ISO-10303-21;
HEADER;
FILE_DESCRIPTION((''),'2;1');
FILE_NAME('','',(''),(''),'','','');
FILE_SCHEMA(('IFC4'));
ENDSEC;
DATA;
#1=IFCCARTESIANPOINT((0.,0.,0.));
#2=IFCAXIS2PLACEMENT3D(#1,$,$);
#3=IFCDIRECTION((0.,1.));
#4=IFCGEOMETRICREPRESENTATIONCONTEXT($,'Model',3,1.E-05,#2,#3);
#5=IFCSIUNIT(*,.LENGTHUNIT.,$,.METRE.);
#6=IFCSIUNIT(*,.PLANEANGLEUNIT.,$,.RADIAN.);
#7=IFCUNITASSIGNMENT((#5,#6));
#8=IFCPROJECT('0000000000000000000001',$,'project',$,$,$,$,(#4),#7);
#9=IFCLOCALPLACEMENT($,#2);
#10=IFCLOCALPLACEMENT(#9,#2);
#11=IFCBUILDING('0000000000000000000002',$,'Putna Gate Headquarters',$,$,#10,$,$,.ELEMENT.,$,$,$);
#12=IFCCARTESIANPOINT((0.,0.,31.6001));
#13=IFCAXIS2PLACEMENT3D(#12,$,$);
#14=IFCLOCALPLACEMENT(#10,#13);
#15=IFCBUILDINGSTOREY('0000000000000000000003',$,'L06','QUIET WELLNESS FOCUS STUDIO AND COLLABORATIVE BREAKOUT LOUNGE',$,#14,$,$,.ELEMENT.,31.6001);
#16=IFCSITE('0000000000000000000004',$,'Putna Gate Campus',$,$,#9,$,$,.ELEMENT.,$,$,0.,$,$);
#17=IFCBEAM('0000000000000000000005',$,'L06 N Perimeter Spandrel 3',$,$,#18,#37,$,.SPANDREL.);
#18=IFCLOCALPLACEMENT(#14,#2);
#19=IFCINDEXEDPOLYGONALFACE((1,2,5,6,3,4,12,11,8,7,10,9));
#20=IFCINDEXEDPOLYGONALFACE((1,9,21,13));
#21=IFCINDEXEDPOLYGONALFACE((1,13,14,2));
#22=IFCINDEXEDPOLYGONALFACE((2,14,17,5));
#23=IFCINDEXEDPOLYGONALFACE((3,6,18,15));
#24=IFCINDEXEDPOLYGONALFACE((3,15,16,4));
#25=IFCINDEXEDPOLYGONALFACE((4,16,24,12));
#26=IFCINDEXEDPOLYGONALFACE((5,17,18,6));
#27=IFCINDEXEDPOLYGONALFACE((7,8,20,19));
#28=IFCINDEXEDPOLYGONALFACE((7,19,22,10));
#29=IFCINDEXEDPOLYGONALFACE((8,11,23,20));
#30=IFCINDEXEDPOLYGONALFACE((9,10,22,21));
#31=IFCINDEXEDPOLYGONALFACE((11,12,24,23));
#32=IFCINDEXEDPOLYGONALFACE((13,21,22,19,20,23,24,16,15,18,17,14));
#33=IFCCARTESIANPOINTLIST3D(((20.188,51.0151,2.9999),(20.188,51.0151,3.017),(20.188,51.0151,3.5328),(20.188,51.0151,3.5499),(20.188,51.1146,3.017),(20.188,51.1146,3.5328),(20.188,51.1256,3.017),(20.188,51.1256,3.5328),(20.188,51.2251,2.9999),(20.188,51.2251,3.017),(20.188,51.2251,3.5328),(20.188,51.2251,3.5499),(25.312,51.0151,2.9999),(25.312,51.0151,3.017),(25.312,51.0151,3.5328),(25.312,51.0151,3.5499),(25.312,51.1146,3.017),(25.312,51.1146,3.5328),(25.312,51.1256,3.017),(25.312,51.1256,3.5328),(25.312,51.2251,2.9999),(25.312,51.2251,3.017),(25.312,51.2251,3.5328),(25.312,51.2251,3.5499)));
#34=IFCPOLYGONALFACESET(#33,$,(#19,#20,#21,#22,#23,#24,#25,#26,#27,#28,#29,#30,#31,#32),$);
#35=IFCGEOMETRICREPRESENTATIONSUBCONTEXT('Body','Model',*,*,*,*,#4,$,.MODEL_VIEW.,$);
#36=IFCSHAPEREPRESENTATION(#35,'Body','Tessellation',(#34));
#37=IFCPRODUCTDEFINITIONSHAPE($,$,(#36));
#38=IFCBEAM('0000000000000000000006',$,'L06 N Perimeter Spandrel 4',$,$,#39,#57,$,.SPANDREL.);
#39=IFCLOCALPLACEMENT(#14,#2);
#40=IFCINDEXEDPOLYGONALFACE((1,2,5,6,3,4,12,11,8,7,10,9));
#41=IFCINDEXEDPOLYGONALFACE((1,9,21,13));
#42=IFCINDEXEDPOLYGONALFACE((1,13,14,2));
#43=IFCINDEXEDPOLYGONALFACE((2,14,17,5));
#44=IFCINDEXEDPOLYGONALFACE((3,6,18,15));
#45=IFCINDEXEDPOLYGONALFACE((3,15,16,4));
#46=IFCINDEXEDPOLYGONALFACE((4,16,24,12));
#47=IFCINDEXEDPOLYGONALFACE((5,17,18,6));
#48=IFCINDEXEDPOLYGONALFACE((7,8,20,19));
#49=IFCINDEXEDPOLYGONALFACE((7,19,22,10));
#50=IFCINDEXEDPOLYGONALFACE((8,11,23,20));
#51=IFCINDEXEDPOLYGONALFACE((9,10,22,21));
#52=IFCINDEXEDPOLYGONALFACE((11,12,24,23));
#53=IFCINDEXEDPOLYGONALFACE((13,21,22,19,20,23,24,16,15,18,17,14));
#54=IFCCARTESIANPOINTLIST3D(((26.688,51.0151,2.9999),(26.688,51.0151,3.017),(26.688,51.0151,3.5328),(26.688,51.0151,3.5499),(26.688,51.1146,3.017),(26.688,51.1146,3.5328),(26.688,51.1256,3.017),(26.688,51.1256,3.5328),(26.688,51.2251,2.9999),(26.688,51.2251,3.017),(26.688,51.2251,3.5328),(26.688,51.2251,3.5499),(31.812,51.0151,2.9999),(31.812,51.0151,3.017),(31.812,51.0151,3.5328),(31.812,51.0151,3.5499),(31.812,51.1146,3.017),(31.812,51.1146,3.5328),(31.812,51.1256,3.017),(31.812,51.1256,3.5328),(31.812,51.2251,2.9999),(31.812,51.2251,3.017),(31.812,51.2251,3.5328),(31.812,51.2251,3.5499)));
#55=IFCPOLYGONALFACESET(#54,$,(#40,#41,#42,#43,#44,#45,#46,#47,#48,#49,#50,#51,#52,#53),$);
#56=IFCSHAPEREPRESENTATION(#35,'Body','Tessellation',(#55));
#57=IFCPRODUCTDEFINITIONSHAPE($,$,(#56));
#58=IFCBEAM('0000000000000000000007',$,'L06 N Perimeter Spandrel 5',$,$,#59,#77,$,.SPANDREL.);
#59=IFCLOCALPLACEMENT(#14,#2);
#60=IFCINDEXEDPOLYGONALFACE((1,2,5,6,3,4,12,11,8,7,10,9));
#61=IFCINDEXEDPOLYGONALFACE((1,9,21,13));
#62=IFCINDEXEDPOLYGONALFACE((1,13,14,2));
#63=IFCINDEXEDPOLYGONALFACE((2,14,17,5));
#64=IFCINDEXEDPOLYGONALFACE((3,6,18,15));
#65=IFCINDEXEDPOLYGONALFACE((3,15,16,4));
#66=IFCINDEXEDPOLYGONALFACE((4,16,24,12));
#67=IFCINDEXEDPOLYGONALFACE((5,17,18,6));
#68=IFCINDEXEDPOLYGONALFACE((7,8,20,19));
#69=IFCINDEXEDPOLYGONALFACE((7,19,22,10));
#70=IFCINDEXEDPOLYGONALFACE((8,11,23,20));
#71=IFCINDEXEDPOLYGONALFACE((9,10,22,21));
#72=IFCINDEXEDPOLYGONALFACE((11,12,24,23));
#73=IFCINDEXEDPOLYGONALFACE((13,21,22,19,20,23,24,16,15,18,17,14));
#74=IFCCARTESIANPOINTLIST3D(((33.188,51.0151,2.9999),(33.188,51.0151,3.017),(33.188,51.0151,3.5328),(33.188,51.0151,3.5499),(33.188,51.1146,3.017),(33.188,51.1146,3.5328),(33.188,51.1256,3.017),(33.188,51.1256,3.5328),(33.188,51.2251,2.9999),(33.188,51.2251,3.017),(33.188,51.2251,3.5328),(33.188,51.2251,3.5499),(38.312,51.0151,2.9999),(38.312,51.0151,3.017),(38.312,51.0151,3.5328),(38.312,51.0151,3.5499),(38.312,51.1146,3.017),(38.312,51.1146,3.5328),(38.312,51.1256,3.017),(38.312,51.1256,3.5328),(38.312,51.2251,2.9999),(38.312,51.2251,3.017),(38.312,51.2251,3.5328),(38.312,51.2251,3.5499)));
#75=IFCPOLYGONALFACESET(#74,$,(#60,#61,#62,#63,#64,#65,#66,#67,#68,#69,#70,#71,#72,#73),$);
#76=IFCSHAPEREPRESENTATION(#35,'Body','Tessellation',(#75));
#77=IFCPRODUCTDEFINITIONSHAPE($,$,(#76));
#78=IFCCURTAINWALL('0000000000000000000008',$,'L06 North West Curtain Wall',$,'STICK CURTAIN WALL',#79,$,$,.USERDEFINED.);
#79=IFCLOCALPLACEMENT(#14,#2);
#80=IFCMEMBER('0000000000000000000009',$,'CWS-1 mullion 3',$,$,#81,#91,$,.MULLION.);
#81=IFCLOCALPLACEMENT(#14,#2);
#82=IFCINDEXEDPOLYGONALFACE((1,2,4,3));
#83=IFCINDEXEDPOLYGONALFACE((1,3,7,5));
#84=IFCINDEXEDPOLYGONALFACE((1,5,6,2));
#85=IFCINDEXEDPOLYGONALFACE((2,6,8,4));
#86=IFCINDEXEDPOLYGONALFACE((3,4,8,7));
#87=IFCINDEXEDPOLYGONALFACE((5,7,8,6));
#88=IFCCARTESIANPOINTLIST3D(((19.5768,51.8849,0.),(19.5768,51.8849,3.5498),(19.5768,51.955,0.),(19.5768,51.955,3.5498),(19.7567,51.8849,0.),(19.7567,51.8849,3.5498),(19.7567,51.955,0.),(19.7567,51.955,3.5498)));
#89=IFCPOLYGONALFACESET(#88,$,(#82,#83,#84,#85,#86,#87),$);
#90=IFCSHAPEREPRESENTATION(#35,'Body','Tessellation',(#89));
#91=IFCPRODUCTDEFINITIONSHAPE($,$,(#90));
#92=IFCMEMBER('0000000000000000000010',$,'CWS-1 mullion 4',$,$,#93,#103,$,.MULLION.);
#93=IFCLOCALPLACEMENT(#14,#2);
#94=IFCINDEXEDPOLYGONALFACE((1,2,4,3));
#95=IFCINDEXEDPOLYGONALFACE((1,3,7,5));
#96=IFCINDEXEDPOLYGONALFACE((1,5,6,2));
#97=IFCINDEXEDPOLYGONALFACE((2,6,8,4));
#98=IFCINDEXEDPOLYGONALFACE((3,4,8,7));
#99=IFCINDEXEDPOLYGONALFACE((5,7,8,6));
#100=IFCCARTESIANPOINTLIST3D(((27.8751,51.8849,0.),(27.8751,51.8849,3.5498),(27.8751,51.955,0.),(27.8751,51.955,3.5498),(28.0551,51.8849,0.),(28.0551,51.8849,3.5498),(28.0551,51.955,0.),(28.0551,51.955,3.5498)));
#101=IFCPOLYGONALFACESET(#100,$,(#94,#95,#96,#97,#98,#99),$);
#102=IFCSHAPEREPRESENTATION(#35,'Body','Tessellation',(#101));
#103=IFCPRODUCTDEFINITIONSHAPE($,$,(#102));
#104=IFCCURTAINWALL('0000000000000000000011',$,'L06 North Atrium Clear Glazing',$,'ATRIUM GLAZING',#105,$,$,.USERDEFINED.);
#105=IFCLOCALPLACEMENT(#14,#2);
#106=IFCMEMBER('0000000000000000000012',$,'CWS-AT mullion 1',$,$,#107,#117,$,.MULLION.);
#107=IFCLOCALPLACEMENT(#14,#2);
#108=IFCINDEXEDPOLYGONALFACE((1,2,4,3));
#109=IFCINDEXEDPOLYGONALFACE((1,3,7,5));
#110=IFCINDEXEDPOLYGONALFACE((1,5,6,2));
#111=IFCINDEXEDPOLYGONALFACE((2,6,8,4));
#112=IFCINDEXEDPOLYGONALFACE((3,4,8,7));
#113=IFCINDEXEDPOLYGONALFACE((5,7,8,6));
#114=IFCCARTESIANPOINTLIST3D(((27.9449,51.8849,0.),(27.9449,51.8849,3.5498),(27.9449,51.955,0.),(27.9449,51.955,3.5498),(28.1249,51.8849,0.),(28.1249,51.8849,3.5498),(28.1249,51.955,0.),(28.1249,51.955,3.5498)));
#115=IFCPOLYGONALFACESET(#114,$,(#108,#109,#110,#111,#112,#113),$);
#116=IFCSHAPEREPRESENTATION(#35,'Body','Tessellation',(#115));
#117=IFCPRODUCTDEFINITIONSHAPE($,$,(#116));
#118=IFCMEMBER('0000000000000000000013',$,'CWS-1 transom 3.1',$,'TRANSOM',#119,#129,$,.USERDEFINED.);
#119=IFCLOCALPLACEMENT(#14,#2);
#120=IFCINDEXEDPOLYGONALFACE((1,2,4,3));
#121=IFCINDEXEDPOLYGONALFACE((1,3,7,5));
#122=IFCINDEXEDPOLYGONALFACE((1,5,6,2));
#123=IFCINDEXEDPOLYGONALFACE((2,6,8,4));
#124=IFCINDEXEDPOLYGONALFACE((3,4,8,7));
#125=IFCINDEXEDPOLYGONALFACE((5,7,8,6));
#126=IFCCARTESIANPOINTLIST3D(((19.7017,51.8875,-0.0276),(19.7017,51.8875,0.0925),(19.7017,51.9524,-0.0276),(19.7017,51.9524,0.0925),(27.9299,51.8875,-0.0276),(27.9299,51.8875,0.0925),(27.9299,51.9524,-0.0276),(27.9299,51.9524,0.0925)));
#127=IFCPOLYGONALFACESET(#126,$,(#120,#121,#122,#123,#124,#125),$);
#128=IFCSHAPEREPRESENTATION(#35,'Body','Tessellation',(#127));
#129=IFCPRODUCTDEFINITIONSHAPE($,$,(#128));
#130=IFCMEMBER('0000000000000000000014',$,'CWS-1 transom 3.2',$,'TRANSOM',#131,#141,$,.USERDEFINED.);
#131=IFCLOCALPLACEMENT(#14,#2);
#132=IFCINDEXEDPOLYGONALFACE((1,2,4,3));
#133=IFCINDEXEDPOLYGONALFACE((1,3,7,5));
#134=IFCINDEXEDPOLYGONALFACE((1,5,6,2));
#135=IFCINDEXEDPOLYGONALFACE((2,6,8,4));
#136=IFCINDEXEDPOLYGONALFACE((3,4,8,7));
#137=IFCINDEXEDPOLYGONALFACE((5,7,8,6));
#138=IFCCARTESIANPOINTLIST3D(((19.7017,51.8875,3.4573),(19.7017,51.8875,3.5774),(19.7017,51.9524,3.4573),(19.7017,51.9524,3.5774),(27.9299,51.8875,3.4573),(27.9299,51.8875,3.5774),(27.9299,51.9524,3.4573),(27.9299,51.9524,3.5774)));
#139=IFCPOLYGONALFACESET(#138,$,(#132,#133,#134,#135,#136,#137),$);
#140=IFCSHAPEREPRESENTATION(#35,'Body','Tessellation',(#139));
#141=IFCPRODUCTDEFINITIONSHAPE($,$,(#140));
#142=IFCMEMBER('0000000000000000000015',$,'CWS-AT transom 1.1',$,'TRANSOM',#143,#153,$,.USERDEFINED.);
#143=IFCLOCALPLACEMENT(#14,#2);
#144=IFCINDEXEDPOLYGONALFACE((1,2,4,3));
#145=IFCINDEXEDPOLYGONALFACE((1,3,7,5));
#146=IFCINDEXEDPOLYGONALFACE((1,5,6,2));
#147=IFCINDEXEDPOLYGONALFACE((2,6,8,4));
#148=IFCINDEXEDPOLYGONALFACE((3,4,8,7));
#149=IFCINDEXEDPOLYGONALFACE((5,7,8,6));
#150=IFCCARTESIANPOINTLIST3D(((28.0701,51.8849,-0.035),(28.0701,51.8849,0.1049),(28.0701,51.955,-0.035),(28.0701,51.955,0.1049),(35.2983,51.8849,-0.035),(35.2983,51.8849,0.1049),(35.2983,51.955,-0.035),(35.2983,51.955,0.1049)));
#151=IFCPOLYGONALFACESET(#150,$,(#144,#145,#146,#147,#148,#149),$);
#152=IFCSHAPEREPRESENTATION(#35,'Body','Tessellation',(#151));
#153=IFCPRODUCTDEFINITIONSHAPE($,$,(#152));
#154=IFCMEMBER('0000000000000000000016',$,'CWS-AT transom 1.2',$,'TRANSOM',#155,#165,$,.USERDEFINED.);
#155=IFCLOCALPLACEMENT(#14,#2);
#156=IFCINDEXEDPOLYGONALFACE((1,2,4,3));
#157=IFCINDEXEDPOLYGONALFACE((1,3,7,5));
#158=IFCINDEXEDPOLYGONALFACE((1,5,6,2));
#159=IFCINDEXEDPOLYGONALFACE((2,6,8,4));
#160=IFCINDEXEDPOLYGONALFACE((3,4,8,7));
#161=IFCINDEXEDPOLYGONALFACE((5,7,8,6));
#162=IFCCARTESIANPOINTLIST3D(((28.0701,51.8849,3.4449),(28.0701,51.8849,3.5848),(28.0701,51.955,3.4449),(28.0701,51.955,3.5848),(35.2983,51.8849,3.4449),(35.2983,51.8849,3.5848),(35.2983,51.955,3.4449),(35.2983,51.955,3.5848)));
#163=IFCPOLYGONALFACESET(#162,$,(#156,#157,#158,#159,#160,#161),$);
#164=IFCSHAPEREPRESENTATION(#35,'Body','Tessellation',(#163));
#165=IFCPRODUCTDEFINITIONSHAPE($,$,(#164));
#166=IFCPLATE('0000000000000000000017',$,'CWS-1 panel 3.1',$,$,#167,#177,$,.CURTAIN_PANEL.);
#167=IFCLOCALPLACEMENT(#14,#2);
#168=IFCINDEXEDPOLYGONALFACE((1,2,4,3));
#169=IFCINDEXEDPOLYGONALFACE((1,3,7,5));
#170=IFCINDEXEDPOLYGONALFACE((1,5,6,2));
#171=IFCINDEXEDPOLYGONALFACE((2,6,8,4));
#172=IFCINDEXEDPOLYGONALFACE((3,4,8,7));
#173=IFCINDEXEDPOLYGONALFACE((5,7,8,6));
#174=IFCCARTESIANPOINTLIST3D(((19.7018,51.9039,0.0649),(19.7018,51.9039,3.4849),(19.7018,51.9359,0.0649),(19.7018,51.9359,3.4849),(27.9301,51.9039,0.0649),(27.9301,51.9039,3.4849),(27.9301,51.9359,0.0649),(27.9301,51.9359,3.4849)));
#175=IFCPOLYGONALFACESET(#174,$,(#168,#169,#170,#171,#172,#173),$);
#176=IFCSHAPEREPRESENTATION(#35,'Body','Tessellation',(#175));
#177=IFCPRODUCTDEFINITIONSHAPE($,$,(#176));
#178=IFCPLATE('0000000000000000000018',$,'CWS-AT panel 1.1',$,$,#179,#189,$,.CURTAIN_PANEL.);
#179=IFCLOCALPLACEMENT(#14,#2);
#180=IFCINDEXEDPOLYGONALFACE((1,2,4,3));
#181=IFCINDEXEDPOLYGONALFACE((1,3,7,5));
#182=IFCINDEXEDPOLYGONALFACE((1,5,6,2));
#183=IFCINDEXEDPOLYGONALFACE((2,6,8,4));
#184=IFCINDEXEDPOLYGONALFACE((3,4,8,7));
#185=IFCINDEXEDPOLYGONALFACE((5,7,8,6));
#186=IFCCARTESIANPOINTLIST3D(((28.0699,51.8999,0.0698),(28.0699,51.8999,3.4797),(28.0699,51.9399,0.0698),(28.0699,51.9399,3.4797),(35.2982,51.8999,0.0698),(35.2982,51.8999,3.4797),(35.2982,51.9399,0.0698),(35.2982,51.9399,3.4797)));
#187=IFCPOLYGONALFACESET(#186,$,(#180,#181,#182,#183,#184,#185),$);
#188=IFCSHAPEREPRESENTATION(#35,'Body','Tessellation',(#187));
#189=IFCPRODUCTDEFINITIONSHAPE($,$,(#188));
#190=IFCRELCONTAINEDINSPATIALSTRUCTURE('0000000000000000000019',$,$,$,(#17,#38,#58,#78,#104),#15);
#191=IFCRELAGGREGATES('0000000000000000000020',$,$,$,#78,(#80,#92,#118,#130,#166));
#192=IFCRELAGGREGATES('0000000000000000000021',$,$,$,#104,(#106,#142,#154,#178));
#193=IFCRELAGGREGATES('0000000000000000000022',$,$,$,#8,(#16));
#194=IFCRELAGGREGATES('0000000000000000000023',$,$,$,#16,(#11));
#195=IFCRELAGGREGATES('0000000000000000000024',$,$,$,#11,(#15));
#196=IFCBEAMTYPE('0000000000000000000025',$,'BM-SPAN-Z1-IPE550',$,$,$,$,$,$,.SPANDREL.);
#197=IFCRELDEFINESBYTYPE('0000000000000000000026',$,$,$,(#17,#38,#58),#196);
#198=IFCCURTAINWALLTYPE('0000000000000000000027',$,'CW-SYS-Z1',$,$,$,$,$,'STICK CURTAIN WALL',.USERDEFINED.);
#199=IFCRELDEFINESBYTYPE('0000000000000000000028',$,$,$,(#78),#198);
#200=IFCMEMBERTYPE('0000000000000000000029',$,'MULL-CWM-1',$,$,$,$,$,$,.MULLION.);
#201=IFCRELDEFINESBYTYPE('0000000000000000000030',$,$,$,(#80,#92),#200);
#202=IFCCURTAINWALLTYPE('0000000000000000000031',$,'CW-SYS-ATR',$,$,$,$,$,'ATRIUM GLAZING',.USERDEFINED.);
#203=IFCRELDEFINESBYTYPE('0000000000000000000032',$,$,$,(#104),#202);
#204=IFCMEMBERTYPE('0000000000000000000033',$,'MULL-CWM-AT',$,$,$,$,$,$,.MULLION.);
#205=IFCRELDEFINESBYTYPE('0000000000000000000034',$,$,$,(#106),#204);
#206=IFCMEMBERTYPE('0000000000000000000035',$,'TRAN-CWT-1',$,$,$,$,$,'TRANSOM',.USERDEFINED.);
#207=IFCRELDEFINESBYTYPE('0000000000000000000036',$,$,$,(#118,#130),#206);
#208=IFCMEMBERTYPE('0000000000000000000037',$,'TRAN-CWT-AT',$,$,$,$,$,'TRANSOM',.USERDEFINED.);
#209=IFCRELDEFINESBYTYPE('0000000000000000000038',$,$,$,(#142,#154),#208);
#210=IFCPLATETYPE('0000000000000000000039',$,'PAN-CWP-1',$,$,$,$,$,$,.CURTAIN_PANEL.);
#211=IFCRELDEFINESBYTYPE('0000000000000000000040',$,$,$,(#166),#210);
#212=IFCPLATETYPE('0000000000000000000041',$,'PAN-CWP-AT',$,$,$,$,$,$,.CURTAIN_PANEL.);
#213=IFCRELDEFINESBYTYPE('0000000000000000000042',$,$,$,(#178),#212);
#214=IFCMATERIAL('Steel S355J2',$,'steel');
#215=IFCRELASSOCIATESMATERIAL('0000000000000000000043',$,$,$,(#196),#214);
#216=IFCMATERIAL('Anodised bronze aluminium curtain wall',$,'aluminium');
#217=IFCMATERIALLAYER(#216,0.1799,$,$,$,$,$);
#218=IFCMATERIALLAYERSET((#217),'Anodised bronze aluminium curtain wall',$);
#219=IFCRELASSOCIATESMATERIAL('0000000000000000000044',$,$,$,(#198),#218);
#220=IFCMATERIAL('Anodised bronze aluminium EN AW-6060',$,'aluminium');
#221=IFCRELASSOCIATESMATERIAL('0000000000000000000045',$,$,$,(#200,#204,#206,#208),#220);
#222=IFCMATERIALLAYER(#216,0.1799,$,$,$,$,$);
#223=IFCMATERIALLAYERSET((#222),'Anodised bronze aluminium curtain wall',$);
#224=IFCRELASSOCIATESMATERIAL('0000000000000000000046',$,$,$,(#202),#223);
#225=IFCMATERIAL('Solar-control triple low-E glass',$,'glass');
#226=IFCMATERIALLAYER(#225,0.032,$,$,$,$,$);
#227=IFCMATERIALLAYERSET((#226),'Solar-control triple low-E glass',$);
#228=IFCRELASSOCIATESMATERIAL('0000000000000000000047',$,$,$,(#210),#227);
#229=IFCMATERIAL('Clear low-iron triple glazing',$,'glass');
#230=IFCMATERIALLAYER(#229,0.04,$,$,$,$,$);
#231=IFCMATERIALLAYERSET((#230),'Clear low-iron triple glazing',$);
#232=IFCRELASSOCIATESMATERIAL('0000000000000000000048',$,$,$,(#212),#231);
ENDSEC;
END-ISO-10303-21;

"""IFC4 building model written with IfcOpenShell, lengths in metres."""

from ifc_helpers import new_model, si_unit, direction, frame, origin, origin_2d, place, context, subcontext, project, spatial, rectangle, i_section, extrude, material, layer, layer_set, material_profile, profile_set, type_object, element, aggregate, save


model = new_model("IFC4")

# Units and contexts
model_context = context("Model", 3, precision=1e-05, world=origin(), true_north=direction((0.0, 1.0)))
body_context = subcontext(model_context, "Body", "Model", "MODEL_VIEW")
ifc_project = project(units=[si_unit("LENGTHUNIT", "METRE"), si_unit("PLANEANGLEUNIT", "RADIAN")], contexts=[model_context])

# Site, building, storey
site_placement = place(None, origin())
site = spatial("IfcSite", under=ifc_project, at=site_placement, Name="Putna Gate Campus", CompositionType="ELEMENT", RefElevation=0.0)
building_placement = place(site_placement, origin())
building = spatial("IfcBuilding", under=site, at=building_placement, Name="Putna Gate Headquarters", CompositionType="ELEMENT")
storey_placement = place(building_placement, frame((0.0, 0.0, 31.6001)))
storey = spatial("IfcBuildingStorey", under=building, at=storey_placement, Name="L06", Description="QUIET WELLNESS FOCUS STUDIO AND COLLABORATIVE BREAKOUT LOUNGE", CompositionType="ELEMENT", Elevation=31.6001)

# Beams
ifc_material_1 = material(Name="Steel S355J2", Category="steel")
ifc_material_profile_1 = material_profile(ifc_material_1, i_section(OverallWidth=0.21, OverallDepth=0.55, WebThickness=0.011, FlangeThickness=0.0171, at=origin_2d()), Name="Steel S355J2")
ifc_profile_set_1 = profile_set([ifc_material_profile_1], Name="Steel S355J2")
beam_type_1 = type_object("IfcBeamType", Name="BM-SPAN-Z1-IPE550", PredefinedType="SPANDREL", material=ifc_profile_set_1)
for number, where, z_axis, x_axis, name in (
    (1, (20.188, 51.1201, 3.2749), (1.0, 0.0, 0.0), (0.0, 1.0, 0.0), "L06 N Perimeter Spandrel 3"),
    (2, (26.688, 51.1201, 3.2749), (1.0, 0.0, 0.0), (0.0, 1.0, 0.0), "L06 N Perimeter Spandrel 4"),
    (3, (33.188, 51.1201, 3.2749), (1.0, 0.0, 0.0), (0.0, 1.0, 0.0), "L06 N Perimeter Spandrel 5"),
):
    element("IfcBeam", number, at=place(storey_placement, frame(where, z_axis=z_axis, x_axis=x_axis)), inside=storey, type_object=beam_type_1, Name=name, PredefinedType="SPANDREL", context=body_context, shape_type="SweptSolid", body=[
        extrude(i_section(OverallWidth=0.21, OverallDepth=0.55, WebThickness=0.011, FlangeThickness=0.0171, at=origin_2d()), origin(), (0.0, 0.0, 1.0), 5.124),
    ])

# Curtain wall, members
ifc_material_2 = material(Name="Anodised bronze aluminium curtain wall", Category="aluminium")
ifc_layer_1 = layer(ifc_material_2, 0.1799)
ifc_layer_set_1 = layer_set([ifc_layer_1], Name="Anodised bronze aluminium curtain wall")
curtain_wall_type_1 = type_object("IfcCurtainWallType", Name="CW-SYS-Z1", ElementType="STICK CURTAIN WALL", PredefinedType="USERDEFINED", material=ifc_layer_set_1)
curtain_wall_1_placement = place(storey_placement, origin())
curtain_wall_1 = element("IfcCurtainWall", 4, at=curtain_wall_1_placement, inside=storey, type_object=curtain_wall_type_1, Name="L06 North West Curtain Wall", ObjectType="STICK CURTAIN WALL", PredefinedType="USERDEFINED")
ifc_material_3 = material(Name="Anodised bronze aluminium EN AW-6060", Category="aluminium")
ifc_material_profile_2 = material_profile(ifc_material_3, rectangle(XDim=0.0701, YDim=0.1799, at=origin_2d()), Name="Anodised bronze aluminium EN AW-6060")
ifc_profile_set_2 = profile_set([ifc_material_profile_2], Name="Anodised bronze aluminium EN AW-6060")
member_type_1 = type_object("IfcMemberType", Name="MULL-CWM-1", PredefinedType="MULLION", material=ifc_profile_set_2)
member_1_placement = place(storey_placement, frame((19.6667, 51.9199, 0.0), z_axis=(0.0, 0.0, 1.0), x_axis=(0.0, 1.0, 0.0)))
member_1 = element("IfcMember", 5, at=member_1_placement, type_object=member_type_1, Name="CWS-1 mullion 3", PredefinedType="MULLION", context=body_context, shape_type="SweptSolid", body=[
    extrude(rectangle(XDim=0.0701, YDim=0.1799, at=origin_2d()), origin(), (0.0, 0.0, 1.0), 3.5498),
])
member_2_placement = place(storey_placement, frame((27.9651, 51.9199, 0.0), z_axis=(0.0, 0.0, 1.0), x_axis=(0.0, 1.0, 0.0)))
member_2 = element("IfcMember", 6, at=member_2_placement, type_object=member_type_1, Name="CWS-1 mullion 4", PredefinedType="MULLION", context=body_context, shape_type="SweptSolid", body=[
    extrude(rectangle(XDim=0.0701, YDim=0.1799, at=origin_2d()), origin(), (0.0, 0.0, 1.0), 3.5498),
])

# Curtain wall, member
ifc_layer_2 = layer(ifc_material_2, 0.1799)
ifc_layer_set_2 = layer_set([ifc_layer_2], Name="Anodised bronze aluminium curtain wall")
curtain_wall_type_2 = type_object("IfcCurtainWallType", Name="CW-SYS-ATR", ElementType="ATRIUM GLAZING", PredefinedType="USERDEFINED", material=ifc_layer_set_2)
curtain_wall_2_placement = place(storey_placement, origin())
curtain_wall_2 = element("IfcCurtainWall", 7, at=curtain_wall_2_placement, inside=storey, type_object=curtain_wall_type_2, Name="L06 North Atrium Clear Glazing", ObjectType="ATRIUM GLAZING", PredefinedType="USERDEFINED")
ifc_material_profile_3 = material_profile(ifc_material_3, rectangle(XDim=0.0701, YDim=0.1799, at=origin_2d()), Name="Anodised bronze aluminium EN AW-6060")
ifc_profile_set_3 = profile_set([ifc_material_profile_3], Name="Anodised bronze aluminium EN AW-6060")
member_type_2 = type_object("IfcMemberType", Name="MULL-CWM-AT", PredefinedType="MULLION", material=ifc_profile_set_3)
member_3_placement = place(storey_placement, frame((28.0349, 51.9199, 0.0), z_axis=(0.0, 0.0, 1.0), x_axis=(0.0, 1.0, 0.0)))
member_3 = element("IfcMember", 8, at=member_3_placement, type_object=member_type_2, Name="CWS-AT mullion 1", PredefinedType="MULLION", context=body_context, shape_type="SweptSolid", body=[
    extrude(rectangle(XDim=0.0701, YDim=0.1799, at=origin_2d()), origin(), (0.0, 0.0, 1.0), 3.5498),
])

# Members
ifc_material_profile_4 = material_profile(ifc_material_3, rectangle(XDim=0.0649, YDim=0.1201, at=origin_2d()), Name="Anodised bronze aluminium EN AW-6060")
ifc_profile_set_4 = profile_set([ifc_material_profile_4], Name="Anodised bronze aluminium EN AW-6060")
member_type_3 = type_object("IfcMemberType", Name="TRAN-CWT-1", ElementType="TRANSOM", PredefinedType="USERDEFINED", material=ifc_profile_set_4)
member_4_placement = place(storey_placement, frame((19.7017, 51.9199, 0.0325), z_axis=(1.0, 0.0, 0.0), x_axis=(0.0, 1.0, 0.0)))
member_4 = element("IfcMember", 9, at=member_4_placement, type_object=member_type_3, Name="CWS-1 transom 3.1", ObjectType="TRANSOM", PredefinedType="USERDEFINED", context=body_context, shape_type="SweptSolid", body=[
    extrude(rectangle(XDim=0.0649, YDim=0.1201, at=origin_2d()), origin(), (0.0, 0.0, 1.0), 8.2283),
])
member_5_placement = place(storey_placement, frame((19.7017, 51.9199, 3.5173), z_axis=(1.0, 0.0, 0.0), x_axis=(0.0, 1.0, 0.0)))
member_5 = element("IfcMember", 10, at=member_5_placement, type_object=member_type_3, Name="CWS-1 transom 3.2", ObjectType="TRANSOM", PredefinedType="USERDEFINED", context=body_context, shape_type="SweptSolid", body=[
    extrude(rectangle(XDim=0.0649, YDim=0.1201, at=origin_2d()), origin(), (0.0, 0.0, 1.0), 8.2283),
])
ifc_material_profile_5 = material_profile(ifc_material_3, rectangle(XDim=0.0701, YDim=0.1399, at=origin_2d()), Name="Anodised bronze aluminium EN AW-6060")
ifc_profile_set_5 = profile_set([ifc_material_profile_5], Name="Anodised bronze aluminium EN AW-6060")
member_type_4 = type_object("IfcMemberType", Name="TRAN-CWT-AT", ElementType="TRANSOM", PredefinedType="USERDEFINED", material=ifc_profile_set_5)
member_6_placement = place(storey_placement, frame((28.0701, 51.9199, 0.0349), z_axis=(1.0, 0.0, 0.0), x_axis=(0.0, 1.0, 0.0)))
member_6 = element("IfcMember", 11, at=member_6_placement, type_object=member_type_4, Name="CWS-AT transom 1.1", ObjectType="TRANSOM", PredefinedType="USERDEFINED", context=body_context, shape_type="SweptSolid", body=[
    extrude(rectangle(XDim=0.0701, YDim=0.1399, at=origin_2d()), origin(), (0.0, 0.0, 1.0), 7.2283),
])
member_7_placement = place(storey_placement, frame((28.0701, 51.9199, 3.5149), z_axis=(1.0, 0.0, 0.0), x_axis=(0.0, 1.0, 0.0)))
member_7 = element("IfcMember", 12, at=member_7_placement, type_object=member_type_4, Name="CWS-AT transom 1.2", ObjectType="TRANSOM", PredefinedType="USERDEFINED", context=body_context, shape_type="SweptSolid", body=[
    extrude(rectangle(XDim=0.0701, YDim=0.1399, at=origin_2d()), origin(), (0.0, 0.0, 1.0), 7.2283),
])

# Plates
ifc_material_4 = material(Name="Solar-control triple low-E glass", Category="glass")
ifc_layer_3 = layer(ifc_material_4, 0.032)
ifc_layer_set_3 = layer_set([ifc_layer_3], Name="Solar-control triple low-E glass")
plate_type_1 = type_object("IfcPlateType", Name="PAN-CWP-1", PredefinedType="CURTAIN_PANEL", material=ifc_layer_set_3)
plate_1_placement = place(storey_placement, frame((23.8159, 51.9199, 0.0649), z_axis=(0.0, 0.0, 1.0), x_axis=(1.0, 0.0, 0.0)))
plate_1 = element("IfcPlate", 13, at=plate_1_placement, type_object=plate_type_1, Name="CWS-1 panel 3.1", PredefinedType="CURTAIN_PANEL", context=body_context, shape_type="SweptSolid", body=[
    extrude(rectangle(XDim=8.2283, YDim=0.032, at=origin_2d()), origin(), (0.0, 0.0, 1.0), 3.4199),
])
aggregate(curtain_wall_1, [member_1, member_2, member_4, member_5, plate_1])
ifc_material_5 = material(Name="Clear low-iron triple glazing", Category="glass")
ifc_layer_4 = layer(ifc_material_5, 0.04)
ifc_layer_set_4 = layer_set([ifc_layer_4], Name="Clear low-iron triple glazing")
plate_type_2 = type_object("IfcPlateType", Name="PAN-CWP-AT", PredefinedType="CURTAIN_PANEL", material=ifc_layer_set_4)
plate_2_placement = place(storey_placement, frame((31.6841, 51.9199, 0.0698), z_axis=(0.0, 0.0, 1.0), x_axis=(1.0, 0.0, 0.0)))
plate_2 = element("IfcPlate", 14, at=plate_2_placement, type_object=plate_type_2, Name="CWS-AT panel 1.1", PredefinedType="CURTAIN_PANEL", context=body_context, shape_type="SweptSolid", body=[
    extrude(rectangle(XDim=7.2283, YDim=0.04, at=origin_2d()), origin(), (0.0, 0.0, 1.0), 3.4099),
])
aggregate(curtain_wall_2, [member_3, member_6, member_7, plate_2])

save(model, "model.ifc")
